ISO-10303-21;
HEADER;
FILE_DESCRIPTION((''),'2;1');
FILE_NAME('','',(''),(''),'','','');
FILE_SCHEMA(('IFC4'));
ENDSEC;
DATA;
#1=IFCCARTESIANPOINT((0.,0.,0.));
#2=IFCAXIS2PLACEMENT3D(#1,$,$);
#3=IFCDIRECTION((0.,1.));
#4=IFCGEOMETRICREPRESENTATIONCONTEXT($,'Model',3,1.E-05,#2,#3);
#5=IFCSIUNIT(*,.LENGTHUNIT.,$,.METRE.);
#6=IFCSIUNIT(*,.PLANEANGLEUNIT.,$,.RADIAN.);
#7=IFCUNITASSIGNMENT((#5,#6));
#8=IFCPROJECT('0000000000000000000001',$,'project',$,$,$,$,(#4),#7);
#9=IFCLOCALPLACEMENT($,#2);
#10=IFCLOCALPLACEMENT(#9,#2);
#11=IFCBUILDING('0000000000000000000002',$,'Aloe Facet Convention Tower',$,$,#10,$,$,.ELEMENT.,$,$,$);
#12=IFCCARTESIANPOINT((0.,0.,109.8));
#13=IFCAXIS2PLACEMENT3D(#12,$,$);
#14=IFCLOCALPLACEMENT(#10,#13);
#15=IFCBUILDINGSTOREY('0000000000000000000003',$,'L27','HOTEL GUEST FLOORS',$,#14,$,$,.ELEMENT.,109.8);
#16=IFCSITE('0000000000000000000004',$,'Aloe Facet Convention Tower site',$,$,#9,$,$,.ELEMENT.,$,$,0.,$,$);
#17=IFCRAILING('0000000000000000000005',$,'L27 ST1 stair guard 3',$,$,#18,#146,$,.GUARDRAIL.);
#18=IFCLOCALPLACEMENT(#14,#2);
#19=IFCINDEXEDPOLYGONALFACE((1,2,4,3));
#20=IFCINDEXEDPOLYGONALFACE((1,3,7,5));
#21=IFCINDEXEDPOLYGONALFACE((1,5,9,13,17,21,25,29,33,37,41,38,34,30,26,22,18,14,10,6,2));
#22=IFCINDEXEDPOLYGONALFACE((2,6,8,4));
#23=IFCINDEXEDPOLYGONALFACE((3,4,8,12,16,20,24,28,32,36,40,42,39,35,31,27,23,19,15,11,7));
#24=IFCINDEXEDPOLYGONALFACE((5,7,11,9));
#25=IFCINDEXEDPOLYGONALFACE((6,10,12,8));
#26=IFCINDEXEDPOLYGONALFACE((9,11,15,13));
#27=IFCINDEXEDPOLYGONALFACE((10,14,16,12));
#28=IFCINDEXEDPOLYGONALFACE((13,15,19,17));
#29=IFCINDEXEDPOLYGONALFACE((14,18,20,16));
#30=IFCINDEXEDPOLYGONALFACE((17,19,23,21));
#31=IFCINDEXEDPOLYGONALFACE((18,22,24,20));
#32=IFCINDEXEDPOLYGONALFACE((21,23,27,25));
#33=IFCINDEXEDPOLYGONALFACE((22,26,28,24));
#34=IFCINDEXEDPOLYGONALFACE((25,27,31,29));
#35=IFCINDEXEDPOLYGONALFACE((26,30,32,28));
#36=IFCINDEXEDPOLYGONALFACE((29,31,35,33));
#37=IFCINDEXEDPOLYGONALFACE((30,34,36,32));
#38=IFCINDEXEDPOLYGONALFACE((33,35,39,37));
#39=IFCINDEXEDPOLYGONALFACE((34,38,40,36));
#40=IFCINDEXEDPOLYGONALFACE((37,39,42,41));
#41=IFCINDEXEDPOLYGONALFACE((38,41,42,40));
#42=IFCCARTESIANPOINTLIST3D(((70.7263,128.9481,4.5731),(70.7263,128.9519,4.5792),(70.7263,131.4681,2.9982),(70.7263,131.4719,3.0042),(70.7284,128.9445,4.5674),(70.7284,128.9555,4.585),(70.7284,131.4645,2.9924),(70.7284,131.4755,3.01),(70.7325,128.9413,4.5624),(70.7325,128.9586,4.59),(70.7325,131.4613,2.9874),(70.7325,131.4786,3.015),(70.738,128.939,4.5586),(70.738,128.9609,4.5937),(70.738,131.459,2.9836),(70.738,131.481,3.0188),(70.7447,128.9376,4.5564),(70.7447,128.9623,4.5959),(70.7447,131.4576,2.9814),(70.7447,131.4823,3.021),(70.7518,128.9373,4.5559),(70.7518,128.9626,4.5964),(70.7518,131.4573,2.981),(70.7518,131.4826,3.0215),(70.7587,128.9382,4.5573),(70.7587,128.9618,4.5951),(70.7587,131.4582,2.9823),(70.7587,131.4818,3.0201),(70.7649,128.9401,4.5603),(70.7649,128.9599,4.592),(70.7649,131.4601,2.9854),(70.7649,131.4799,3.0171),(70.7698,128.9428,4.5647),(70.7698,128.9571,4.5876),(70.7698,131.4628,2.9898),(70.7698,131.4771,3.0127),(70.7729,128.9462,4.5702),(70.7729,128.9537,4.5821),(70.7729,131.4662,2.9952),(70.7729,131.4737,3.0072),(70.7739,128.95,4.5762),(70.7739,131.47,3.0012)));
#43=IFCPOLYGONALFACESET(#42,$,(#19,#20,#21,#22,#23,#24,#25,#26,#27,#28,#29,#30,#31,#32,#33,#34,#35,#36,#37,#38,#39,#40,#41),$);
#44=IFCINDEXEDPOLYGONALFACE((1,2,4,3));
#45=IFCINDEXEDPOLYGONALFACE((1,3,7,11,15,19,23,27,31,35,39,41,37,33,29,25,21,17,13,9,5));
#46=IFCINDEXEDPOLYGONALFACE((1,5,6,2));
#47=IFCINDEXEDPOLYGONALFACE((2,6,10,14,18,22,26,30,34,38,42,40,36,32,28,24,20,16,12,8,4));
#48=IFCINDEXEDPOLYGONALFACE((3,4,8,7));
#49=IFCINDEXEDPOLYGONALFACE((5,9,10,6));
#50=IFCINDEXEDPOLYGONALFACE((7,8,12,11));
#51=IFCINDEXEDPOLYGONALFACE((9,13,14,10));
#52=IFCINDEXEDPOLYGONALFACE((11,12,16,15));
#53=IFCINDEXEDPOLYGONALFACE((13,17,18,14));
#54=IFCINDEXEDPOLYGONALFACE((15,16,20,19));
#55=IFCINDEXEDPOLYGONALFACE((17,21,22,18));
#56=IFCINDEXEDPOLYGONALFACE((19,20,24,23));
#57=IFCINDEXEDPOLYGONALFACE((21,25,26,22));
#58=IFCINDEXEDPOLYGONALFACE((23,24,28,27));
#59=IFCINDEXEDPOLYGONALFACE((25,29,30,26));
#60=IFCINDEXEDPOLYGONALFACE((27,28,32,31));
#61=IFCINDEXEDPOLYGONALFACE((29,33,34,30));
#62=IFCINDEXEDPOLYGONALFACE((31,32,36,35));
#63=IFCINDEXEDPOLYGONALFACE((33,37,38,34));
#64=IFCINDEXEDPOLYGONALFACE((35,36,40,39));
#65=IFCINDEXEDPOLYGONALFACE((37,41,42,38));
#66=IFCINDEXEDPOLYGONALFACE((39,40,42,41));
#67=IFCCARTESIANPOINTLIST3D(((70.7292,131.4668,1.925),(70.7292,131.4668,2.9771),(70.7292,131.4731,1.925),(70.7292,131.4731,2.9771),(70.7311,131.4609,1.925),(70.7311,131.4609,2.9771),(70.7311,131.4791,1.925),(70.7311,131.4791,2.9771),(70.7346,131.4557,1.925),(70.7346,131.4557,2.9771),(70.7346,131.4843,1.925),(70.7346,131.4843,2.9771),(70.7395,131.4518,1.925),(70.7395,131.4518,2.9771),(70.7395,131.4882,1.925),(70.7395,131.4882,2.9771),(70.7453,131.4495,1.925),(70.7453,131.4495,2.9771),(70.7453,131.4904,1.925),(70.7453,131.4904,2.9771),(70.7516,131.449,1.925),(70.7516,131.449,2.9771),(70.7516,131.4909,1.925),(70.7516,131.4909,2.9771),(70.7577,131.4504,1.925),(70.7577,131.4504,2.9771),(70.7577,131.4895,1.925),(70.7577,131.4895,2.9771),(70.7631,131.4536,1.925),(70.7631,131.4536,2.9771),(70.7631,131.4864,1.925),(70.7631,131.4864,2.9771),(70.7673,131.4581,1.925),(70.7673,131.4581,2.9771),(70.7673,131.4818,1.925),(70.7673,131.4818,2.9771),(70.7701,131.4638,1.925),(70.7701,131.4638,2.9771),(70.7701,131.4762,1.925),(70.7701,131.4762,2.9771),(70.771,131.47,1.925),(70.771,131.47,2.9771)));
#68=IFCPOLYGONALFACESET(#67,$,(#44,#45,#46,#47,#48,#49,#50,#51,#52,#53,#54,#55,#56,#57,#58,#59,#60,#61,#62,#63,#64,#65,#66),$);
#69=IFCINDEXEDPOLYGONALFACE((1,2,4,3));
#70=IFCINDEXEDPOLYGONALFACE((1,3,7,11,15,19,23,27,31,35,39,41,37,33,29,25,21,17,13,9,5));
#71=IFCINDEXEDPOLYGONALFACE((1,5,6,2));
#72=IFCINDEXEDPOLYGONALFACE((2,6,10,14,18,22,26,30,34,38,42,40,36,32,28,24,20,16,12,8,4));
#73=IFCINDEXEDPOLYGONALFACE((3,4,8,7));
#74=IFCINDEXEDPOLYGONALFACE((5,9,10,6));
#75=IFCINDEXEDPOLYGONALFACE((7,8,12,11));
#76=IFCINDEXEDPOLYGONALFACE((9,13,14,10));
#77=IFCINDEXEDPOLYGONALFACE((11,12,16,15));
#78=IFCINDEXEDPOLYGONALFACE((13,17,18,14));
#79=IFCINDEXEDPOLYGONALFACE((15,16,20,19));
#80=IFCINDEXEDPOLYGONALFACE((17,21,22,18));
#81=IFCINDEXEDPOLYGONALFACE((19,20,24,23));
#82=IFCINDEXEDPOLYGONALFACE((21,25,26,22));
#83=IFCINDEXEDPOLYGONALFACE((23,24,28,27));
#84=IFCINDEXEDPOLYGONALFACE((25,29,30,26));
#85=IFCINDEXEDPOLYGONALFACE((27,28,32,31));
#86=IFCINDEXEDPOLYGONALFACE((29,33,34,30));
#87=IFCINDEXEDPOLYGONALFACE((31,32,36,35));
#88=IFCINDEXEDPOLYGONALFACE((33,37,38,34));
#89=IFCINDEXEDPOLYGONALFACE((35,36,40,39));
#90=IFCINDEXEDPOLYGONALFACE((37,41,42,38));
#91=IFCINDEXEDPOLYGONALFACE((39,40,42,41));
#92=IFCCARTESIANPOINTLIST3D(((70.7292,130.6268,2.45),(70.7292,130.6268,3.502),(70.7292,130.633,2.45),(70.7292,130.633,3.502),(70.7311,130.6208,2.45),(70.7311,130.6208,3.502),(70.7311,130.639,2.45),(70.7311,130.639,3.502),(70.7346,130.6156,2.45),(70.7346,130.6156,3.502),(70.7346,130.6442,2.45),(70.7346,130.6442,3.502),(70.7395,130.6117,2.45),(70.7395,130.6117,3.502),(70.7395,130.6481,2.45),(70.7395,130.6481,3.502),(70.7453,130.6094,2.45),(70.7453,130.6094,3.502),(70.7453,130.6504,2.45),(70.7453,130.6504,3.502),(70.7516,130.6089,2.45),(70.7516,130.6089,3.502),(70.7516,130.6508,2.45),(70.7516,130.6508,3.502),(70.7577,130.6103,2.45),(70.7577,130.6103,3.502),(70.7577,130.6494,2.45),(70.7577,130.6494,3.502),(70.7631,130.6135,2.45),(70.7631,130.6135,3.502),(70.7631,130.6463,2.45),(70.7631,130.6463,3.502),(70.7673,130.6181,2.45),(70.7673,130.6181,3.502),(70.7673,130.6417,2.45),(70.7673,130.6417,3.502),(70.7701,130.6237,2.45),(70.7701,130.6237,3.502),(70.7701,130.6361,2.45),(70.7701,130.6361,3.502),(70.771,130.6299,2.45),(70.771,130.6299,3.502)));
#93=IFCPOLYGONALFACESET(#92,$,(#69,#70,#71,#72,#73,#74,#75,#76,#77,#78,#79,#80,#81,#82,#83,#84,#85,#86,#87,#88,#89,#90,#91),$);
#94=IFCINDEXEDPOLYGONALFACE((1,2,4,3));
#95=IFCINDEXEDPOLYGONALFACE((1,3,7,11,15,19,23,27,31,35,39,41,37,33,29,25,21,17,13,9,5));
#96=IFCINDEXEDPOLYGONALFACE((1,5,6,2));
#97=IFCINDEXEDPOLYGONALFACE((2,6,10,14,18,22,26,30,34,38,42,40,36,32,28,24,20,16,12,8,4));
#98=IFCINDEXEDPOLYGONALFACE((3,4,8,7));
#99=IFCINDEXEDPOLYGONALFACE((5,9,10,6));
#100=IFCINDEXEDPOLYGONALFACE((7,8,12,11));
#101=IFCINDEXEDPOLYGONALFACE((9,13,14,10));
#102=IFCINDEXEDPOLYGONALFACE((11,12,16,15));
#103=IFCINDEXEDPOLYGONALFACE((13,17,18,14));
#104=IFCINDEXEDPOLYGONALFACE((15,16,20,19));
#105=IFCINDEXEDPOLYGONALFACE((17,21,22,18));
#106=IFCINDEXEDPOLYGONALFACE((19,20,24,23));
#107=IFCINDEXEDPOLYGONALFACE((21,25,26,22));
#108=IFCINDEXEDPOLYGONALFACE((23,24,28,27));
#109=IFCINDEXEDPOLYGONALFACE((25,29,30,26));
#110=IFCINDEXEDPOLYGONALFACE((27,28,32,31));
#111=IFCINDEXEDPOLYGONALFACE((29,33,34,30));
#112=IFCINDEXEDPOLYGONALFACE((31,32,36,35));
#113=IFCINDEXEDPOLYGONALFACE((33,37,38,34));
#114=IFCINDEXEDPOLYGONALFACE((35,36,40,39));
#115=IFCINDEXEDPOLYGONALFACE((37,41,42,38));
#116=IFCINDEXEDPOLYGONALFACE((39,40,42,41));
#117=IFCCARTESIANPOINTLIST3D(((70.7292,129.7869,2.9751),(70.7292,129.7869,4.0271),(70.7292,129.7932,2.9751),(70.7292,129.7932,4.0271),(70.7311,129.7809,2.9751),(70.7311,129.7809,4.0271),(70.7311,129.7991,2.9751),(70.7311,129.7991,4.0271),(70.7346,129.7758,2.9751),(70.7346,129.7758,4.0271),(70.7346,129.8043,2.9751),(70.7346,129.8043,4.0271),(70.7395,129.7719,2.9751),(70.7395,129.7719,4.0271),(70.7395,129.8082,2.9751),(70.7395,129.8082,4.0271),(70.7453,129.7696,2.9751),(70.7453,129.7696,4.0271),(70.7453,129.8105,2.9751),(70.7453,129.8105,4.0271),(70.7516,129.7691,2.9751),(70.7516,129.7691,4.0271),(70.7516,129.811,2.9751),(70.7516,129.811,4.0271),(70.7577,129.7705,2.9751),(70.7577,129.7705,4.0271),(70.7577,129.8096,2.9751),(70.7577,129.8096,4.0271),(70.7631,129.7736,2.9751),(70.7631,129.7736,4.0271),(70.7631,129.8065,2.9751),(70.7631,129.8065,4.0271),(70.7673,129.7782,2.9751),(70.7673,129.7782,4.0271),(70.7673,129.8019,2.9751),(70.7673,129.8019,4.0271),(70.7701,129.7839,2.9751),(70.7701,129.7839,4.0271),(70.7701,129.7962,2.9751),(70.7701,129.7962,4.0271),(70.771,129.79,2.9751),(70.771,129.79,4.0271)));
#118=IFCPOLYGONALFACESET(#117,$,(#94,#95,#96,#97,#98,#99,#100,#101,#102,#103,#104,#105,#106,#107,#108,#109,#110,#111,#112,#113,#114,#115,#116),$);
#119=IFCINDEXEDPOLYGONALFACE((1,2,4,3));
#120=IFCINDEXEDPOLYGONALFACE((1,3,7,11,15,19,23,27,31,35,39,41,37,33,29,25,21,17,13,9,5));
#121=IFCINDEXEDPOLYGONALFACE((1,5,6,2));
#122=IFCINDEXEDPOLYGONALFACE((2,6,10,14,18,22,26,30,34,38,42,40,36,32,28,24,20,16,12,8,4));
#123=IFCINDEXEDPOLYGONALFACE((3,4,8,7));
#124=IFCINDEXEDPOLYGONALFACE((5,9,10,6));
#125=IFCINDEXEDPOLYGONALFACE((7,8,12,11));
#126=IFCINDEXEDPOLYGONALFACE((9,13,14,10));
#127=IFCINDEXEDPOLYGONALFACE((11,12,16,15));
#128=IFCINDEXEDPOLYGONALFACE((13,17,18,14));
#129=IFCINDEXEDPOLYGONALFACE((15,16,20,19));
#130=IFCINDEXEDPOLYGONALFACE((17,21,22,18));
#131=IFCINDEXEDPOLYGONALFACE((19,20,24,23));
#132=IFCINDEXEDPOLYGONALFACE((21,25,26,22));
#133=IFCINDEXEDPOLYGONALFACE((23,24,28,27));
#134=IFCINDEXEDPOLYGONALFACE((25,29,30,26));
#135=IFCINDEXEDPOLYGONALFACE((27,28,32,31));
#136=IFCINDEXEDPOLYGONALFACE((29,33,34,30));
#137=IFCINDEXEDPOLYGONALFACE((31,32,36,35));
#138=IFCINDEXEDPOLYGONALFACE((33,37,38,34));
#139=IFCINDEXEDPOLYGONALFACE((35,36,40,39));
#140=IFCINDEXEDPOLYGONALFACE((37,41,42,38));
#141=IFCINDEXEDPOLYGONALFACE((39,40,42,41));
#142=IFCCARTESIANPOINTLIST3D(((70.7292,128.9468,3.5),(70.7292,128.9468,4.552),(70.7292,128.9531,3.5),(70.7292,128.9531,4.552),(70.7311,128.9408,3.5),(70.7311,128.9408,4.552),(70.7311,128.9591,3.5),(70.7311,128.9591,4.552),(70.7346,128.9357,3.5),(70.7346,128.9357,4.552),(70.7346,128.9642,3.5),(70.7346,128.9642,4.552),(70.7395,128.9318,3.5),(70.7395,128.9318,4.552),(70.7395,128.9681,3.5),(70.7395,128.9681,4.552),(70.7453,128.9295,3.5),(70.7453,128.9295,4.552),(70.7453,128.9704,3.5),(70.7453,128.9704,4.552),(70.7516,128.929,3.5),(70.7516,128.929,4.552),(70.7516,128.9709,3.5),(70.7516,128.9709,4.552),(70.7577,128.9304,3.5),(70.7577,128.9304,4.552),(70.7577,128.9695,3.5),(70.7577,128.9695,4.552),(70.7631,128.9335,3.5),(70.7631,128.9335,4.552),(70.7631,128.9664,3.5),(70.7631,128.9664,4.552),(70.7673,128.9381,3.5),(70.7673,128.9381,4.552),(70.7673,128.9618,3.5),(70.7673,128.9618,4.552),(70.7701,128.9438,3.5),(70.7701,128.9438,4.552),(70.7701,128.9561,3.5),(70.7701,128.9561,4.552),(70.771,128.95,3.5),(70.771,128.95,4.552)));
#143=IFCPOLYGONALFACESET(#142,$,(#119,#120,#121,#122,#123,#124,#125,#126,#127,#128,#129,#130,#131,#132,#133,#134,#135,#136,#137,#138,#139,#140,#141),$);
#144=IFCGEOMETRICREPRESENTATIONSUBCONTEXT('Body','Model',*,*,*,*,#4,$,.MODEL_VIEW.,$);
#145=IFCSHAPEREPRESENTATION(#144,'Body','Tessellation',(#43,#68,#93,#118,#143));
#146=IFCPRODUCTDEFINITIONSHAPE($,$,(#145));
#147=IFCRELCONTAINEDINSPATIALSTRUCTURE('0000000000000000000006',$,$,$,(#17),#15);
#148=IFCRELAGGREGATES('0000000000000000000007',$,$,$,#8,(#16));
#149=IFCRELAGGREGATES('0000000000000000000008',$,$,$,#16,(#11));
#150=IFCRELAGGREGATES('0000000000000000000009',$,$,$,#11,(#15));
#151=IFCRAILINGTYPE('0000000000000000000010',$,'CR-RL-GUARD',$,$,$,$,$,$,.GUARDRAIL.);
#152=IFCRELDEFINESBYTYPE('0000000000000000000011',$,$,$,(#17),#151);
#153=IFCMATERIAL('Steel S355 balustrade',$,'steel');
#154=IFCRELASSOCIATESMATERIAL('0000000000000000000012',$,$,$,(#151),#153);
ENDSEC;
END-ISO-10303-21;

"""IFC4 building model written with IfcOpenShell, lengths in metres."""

from ifc_helpers import new_model, si_unit, direction, frame, origin, origin_2d, place, context, subcontext, project, spatial, circle, extrude, material, type_object, element, save


model = new_model("IFC4")

# Units and contexts
model_context = context("Model", 3, precision=1e-05, world=origin(), true_north=direction((0.0, 1.0)))
body_context = subcontext(model_context, "Body", "Model", "MODEL_VIEW")
ifc_project = project(units=[si_unit("LENGTHUNIT", "METRE"), si_unit("PLANEANGLEUNIT", "RADIAN")], contexts=[model_context])

# Site, building, storey
site_placement = place(None, origin())
site = spatial("IfcSite", under=ifc_project, at=site_placement, Name="Aloe Facet Convention Tower site", CompositionType="ELEMENT", RefElevation=0.0)
building_placement = place(site_placement, origin())
building = spatial("IfcBuilding", under=site, at=building_placement, Name="Aloe Facet Convention Tower", CompositionType="ELEMENT")
storey_placement = place(building_placement, frame((0.0, 0.0, 109.8)))
storey = spatial("IfcBuildingStorey", under=building, at=storey_placement, Name="L27", Description="HOTEL GUEST FLOORS", CompositionType="ELEMENT", Elevation=109.8)

# Railing
ifc_material_1 = material(Name="Steel S355 balustrade", Category="steel")
railing_type_1 = type_object("IfcRailingType", Name="CR-RL-GUARD", PredefinedType="GUARDRAIL", material=ifc_material_1)
railing_1_placement = place(storey_placement, frame((70.75, 131.47, 1.925)))
element("IfcRailing", 1, at=railing_1_placement, inside=storey, type_object=railing_type_1, Name="L27 ST1 stair guard 3", PredefinedType="GUARDRAIL", context=body_context, shape_type="SweptSolid", body=[
    extrude(circle(Radius=0.0239, at=origin_2d()), frame((0.0, 0.0, 1.0762), z_axis=(0.0, -0.848008, 0.529984), x_axis=(1.0, 0.0, 0.0)), (0.0, 0.0, 1.0), 2.9717),
    extrude(circle(Radius=0.021, at=origin_2d()), origin(), (0.0, 0.0, 1.0), 1.052),
    extrude(circle(Radius=0.021, at=origin_2d()), frame((0.0, -0.8401, 0.5249)), (0.0, 0.0, 1.0), 1.052),
    extrude(circle(Radius=0.021, at=origin_2d()), frame((0.0, -1.6799, 1.05)), (0.0, 0.0, 1.0), 1.052),
    extrude(circle(Radius=0.021, at=origin_2d()), frame((0.0, -2.52, 1.575)), (0.0, 0.0, 1.0), 1.052),
])

save(model, "model.ifc")
